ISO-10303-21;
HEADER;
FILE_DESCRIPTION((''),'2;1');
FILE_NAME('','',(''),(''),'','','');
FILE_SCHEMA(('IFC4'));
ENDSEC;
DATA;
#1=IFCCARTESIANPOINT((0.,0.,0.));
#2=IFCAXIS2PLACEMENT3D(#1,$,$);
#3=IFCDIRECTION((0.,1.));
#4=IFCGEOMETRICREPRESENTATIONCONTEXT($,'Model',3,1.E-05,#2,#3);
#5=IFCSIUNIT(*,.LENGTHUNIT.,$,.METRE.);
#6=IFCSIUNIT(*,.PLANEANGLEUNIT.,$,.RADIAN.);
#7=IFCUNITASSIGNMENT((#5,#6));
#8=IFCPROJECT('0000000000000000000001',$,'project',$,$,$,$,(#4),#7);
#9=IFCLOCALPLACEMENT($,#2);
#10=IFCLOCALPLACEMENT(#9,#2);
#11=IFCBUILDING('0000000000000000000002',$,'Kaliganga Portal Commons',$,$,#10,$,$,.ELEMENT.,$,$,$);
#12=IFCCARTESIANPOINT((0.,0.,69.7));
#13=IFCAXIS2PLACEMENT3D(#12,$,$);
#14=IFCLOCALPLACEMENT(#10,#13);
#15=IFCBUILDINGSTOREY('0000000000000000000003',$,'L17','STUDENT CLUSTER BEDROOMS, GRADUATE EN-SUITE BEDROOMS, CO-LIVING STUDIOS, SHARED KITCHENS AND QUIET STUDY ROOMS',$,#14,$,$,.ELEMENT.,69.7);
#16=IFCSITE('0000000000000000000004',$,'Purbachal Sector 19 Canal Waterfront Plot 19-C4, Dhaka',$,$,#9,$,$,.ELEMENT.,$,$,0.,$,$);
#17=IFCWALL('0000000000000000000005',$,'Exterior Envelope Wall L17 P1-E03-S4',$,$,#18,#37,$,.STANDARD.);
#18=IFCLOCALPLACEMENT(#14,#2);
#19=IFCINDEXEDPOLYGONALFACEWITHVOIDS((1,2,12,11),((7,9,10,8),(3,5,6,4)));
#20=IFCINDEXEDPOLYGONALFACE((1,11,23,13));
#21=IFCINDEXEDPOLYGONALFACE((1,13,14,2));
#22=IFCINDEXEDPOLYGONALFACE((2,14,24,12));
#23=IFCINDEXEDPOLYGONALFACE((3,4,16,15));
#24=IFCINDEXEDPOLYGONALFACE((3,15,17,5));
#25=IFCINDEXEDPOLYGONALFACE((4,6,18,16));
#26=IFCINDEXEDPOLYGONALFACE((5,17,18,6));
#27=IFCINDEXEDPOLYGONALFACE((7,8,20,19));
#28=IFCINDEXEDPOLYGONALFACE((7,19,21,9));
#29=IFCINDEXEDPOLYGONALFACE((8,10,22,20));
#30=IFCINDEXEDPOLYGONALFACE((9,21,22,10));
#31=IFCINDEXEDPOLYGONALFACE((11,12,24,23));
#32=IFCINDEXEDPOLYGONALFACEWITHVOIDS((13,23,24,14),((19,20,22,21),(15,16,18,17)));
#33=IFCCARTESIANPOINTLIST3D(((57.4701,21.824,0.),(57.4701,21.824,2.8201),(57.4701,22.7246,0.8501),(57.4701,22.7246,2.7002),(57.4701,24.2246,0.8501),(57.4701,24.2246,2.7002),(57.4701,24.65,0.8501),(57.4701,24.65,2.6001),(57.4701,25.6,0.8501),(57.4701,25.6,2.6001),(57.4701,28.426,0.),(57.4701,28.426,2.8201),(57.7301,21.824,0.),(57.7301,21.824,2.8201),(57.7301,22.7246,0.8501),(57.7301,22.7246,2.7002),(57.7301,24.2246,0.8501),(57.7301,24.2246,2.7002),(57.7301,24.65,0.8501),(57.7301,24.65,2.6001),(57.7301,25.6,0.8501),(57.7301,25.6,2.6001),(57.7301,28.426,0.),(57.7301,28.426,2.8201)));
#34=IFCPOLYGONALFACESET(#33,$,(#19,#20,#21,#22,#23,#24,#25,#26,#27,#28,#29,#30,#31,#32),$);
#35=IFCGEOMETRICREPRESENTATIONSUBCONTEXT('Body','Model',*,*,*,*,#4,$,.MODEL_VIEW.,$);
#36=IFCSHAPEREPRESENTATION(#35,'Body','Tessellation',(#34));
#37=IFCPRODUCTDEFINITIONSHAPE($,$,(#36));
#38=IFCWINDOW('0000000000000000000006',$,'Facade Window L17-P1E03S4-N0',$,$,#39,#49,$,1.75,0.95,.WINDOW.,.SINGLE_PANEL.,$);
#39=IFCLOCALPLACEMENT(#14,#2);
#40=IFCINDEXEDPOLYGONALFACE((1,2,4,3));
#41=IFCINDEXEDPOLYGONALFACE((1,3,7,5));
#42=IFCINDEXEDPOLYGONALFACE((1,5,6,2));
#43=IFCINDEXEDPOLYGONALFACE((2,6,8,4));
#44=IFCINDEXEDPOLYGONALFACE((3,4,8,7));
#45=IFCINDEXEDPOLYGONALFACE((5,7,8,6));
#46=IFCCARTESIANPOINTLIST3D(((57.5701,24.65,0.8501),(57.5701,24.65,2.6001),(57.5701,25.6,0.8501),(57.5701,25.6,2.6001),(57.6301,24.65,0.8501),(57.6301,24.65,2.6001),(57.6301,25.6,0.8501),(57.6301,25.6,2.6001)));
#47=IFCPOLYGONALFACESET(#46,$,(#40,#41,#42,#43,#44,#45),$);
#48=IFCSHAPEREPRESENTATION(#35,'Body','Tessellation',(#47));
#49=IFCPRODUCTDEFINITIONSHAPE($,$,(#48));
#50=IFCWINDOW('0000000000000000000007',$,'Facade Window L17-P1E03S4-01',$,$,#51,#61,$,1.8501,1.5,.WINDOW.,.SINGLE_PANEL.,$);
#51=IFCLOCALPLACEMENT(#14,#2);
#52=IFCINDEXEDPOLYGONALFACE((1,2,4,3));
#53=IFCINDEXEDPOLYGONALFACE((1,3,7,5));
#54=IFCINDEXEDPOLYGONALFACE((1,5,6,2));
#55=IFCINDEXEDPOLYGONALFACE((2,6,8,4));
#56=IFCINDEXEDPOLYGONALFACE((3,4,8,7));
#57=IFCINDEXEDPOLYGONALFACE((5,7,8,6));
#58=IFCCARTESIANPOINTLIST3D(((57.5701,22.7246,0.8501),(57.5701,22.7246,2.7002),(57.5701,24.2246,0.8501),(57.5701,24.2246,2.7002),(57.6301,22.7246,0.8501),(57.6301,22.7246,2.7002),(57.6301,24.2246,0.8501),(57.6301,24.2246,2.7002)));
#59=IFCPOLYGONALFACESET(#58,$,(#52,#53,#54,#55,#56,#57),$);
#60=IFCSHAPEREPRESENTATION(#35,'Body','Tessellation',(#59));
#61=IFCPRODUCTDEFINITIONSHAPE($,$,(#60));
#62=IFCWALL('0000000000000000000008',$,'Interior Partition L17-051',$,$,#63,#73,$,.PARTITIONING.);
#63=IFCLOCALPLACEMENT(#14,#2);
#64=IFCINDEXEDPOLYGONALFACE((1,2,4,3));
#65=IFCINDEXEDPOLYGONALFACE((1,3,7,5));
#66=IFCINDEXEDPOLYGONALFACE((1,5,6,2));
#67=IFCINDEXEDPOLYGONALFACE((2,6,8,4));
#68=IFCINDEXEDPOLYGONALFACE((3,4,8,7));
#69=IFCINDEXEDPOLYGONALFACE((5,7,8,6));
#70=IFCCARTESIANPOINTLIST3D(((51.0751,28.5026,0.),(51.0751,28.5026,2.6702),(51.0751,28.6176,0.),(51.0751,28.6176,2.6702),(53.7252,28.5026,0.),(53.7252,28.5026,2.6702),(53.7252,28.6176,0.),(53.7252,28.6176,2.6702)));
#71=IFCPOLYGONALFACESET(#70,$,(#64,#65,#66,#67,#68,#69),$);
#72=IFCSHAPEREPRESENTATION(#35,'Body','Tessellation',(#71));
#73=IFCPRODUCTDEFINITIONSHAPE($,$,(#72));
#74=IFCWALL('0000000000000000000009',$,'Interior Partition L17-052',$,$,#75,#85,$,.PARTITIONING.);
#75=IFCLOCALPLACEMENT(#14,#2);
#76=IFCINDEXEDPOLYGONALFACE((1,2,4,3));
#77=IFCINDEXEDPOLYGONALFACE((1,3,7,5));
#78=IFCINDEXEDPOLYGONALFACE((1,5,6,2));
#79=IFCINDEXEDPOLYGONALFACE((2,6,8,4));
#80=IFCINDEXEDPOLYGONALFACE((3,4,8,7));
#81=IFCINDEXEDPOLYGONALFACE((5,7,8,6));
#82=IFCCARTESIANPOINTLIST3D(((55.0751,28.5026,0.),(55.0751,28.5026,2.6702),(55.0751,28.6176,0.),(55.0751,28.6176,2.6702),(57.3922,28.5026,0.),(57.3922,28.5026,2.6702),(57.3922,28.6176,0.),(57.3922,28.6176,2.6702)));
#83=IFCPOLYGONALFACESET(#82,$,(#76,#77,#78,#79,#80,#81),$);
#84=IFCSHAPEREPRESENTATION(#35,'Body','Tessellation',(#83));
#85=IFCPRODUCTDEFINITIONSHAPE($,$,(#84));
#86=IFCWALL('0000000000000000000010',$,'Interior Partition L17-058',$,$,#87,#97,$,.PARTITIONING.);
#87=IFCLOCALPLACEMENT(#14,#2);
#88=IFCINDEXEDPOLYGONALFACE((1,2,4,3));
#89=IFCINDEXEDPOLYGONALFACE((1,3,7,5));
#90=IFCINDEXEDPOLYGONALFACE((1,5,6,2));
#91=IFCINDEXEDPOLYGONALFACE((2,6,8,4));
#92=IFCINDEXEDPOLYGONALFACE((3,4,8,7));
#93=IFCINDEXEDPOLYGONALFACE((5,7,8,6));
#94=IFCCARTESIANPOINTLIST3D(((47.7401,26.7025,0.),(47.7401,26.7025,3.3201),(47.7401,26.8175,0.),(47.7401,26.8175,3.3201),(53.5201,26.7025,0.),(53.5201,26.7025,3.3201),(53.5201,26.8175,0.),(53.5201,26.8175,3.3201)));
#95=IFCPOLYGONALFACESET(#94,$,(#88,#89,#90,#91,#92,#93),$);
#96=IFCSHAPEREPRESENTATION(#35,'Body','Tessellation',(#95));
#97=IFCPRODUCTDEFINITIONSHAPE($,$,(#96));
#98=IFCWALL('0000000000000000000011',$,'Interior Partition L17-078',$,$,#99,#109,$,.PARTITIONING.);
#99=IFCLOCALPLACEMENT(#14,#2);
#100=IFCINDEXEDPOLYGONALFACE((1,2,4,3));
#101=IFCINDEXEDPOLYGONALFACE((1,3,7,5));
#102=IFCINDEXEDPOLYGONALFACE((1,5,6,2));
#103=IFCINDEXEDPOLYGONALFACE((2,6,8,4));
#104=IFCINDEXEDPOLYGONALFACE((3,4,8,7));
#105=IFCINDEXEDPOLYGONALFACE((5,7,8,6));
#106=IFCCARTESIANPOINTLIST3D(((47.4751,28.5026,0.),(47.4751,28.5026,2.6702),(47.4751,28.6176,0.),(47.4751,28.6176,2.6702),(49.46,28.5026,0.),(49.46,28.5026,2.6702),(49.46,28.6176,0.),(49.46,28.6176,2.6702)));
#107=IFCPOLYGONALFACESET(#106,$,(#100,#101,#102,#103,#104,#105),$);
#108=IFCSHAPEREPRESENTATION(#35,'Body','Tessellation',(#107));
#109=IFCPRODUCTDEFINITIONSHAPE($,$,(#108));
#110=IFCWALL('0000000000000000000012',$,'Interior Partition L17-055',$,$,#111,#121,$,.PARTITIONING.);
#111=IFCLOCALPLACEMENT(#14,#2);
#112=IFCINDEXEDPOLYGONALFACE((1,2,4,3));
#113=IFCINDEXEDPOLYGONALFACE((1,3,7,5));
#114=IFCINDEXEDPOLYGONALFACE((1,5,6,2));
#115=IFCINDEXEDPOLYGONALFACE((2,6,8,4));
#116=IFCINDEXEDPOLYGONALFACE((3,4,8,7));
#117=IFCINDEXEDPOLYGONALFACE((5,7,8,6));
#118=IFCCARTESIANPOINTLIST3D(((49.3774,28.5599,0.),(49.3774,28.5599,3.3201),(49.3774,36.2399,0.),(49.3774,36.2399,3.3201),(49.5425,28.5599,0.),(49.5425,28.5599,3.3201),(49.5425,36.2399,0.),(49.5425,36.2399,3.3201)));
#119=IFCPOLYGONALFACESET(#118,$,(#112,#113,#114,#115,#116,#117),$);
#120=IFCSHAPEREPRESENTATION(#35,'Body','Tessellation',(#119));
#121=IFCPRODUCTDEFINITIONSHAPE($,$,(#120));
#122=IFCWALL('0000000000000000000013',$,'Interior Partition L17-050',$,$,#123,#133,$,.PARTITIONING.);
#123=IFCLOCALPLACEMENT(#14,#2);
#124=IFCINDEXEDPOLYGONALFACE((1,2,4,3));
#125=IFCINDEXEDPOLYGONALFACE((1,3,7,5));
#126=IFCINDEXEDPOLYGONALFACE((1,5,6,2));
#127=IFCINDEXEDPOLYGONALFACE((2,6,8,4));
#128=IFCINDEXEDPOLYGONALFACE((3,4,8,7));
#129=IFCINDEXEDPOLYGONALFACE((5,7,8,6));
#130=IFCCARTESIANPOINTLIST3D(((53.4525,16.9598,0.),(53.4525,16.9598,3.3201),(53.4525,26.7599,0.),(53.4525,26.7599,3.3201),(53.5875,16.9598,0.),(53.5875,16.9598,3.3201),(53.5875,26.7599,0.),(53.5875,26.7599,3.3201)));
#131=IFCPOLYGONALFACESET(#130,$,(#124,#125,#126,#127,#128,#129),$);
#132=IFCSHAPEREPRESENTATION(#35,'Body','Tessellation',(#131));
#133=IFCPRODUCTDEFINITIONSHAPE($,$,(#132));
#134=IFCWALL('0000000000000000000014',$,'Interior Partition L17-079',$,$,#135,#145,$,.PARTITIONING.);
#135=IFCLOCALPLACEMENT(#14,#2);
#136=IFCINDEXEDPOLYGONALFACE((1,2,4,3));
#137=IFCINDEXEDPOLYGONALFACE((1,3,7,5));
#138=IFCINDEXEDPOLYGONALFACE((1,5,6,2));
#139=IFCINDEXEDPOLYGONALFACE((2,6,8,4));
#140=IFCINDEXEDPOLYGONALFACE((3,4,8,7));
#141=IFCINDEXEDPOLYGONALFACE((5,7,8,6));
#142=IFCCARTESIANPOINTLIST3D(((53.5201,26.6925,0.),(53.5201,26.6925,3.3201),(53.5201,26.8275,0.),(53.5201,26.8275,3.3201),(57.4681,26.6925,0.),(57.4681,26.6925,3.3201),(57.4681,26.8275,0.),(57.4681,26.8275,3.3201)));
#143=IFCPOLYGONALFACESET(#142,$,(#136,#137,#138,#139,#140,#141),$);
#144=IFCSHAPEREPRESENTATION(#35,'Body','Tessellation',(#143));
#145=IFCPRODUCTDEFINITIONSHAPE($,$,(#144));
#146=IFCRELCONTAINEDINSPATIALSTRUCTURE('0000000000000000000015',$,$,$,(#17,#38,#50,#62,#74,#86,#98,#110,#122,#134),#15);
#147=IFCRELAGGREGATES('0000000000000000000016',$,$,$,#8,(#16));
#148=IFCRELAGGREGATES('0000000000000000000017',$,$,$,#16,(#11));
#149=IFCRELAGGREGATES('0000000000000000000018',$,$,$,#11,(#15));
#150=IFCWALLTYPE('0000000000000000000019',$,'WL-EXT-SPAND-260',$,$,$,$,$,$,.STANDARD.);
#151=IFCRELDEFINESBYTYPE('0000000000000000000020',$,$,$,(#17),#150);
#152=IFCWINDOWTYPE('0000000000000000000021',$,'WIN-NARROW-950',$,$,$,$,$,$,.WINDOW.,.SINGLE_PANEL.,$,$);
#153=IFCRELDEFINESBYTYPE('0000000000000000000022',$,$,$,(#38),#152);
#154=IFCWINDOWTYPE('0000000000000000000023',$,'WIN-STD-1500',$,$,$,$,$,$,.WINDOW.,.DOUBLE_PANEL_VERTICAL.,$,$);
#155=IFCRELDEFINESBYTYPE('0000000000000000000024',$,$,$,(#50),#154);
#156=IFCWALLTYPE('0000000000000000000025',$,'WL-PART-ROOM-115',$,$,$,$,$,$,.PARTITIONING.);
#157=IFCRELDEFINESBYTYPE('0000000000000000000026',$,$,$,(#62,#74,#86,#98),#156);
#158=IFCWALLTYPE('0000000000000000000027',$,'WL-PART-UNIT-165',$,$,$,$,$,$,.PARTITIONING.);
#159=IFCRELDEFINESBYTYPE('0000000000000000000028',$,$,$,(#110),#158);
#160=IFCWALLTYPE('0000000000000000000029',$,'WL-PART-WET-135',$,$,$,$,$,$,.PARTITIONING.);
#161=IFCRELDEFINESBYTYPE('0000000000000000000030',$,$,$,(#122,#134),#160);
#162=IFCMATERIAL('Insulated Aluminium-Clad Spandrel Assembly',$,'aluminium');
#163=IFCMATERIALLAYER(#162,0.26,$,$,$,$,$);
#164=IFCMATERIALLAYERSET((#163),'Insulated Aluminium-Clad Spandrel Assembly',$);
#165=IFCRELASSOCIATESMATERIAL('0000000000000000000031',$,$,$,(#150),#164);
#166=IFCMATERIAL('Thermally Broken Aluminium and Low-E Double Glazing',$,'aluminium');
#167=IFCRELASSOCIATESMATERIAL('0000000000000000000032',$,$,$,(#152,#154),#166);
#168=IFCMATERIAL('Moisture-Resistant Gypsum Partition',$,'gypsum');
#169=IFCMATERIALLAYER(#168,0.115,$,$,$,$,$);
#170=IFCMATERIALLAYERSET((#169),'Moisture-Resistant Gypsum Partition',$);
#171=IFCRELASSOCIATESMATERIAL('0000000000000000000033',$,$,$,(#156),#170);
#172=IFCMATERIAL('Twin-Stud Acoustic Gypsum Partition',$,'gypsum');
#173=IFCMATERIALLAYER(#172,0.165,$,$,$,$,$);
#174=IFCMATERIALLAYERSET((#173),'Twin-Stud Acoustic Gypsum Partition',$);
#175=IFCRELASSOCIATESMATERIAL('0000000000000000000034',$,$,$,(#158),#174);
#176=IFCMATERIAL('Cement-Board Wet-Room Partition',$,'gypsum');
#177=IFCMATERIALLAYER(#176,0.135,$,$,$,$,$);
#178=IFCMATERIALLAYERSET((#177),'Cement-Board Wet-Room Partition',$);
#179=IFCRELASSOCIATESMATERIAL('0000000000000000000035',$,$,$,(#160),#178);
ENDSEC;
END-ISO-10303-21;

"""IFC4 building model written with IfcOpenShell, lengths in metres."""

from ifc_helpers import new_model, si_unit, direction, frame, frame_2d, origin, place, context, subcontext, project, spatial, rectangle, extrude, material, layer, layer_set, type_object, element, fill, save


model = new_model("IFC4")

# Units and contexts
model_context = context("Model", 3, precision=1e-05, world=origin(), true_north=direction((0.0, 1.0)))
body_context = subcontext(model_context, "Body", "Model", "MODEL_VIEW")
ifc_project = project(units=[si_unit("LENGTHUNIT", "METRE"), si_unit("PLANEANGLEUNIT", "RADIAN")], contexts=[model_context])

# Site, building, storey
site_placement = place(None, origin())
site = spatial("IfcSite", under=ifc_project, at=site_placement, Name="Purbachal Sector 19 Canal Waterfront Plot 19-C4, Dhaka", CompositionType="ELEMENT", RefElevation=0.0)
building_placement = place(site_placement, origin())
building = spatial("IfcBuilding", under=site, at=building_placement, Name="Kaliganga Portal Commons", CompositionType="ELEMENT")
storey_placement = place(building_placement, frame((0.0, 0.0, 69.7)))
storey = spatial("IfcBuildingStorey", under=building, at=storey_placement, Name="L17", Description="STUDENT CLUSTER BEDROOMS, GRADUATE EN-SUITE BEDROOMS, CO-LIVING STUDIOS, SHARED KITCHENS AND QUIET STUDY ROOMS", CompositionType="ELEMENT", Elevation=69.7)

# Wall, openings, windows
ifc_material_1 = material(Name="Insulated Aluminium-Clad Spandrel Assembly", Category="aluminium")
ifc_layer_1 = layer(ifc_material_1, 0.26)
ifc_layer_set_1 = layer_set([ifc_layer_1], Name="Insulated Aluminium-Clad Spandrel Assembly")
wall_type_1 = type_object("IfcWallType", Name="WL-EXT-SPAND-260", PredefinedType="STANDARD", material=ifc_layer_set_1)
ifc_material_2 = material(Name="Thermally Broken Aluminium and Low-E Double Glazing", Category="aluminium")
window_type_1 = type_object("IfcWindowType", Name="WIN-NARROW-950", PartitioningType="SINGLE_PANEL", PredefinedType="WINDOW", material=ifc_material_2)
window_type_2 = type_object("IfcWindowType", Name="WIN-STD-1500", PartitioningType="DOUBLE_PANEL_VERTICAL", PredefinedType="WINDOW", material=ifc_material_2)
wall_1_placement = place(storey_placement, frame((57.6001, 28.426, 0.0), z_axis=(0.0, 0.0, 1.0), x_axis=(0.0, -1.0, 0.0)))
wall_1 = element("IfcWall", 1, at=wall_1_placement, inside=storey, type_object=wall_type_1, Name="Exterior Envelope Wall L17 P1-E03-S4", PredefinedType="STANDARD", context=body_context, shape_type="SweptSolid", body=[
    extrude(rectangle(XDim=6.6021, YDim=0.26, at=frame_2d((3.301, 0.0))), origin(), (0.0, 0.0, 1.0), 2.8201),
])
opening_1_placement = place(wall_1_placement, frame((4.2014, 0.0, 0.8501)))
opening_1 = element("IfcOpeningElement", 2, at=opening_1_placement, cuts=wall_1, PredefinedType="OPENING", context=body_context, shape_type="SweptSolid", body=[
    extrude(rectangle(XDim=1.5, YDim=1.8501, at=frame_2d((0.75, 0.925))), frame((0.0, 0.1401, 0.0), z_axis=(0.0, -1.0, 0.0), x_axis=(1.0, 0.0, 0.0)), (0.0, 0.0, 1.0), 0.28),
])
opening_2_placement = place(wall_1_placement, frame((2.8259, 0.0, 0.8501)))
opening_2 = element("IfcOpeningElement", 3, at=opening_2_placement, cuts=wall_1, PredefinedType="OPENING", context=body_context, shape_type="SweptSolid", body=[
    extrude(rectangle(XDim=0.95, YDim=1.75, at=frame_2d((0.4751, 0.875))), frame((0.0, 0.1401, 0.0), z_axis=(0.0, -1.0, 0.0), x_axis=(1.0, 0.0, 0.0)), (0.0, 0.0, 1.0), 0.28),
])
window_1_placement = place(opening_2_placement, origin())
window_1 = element("IfcWindow", 4, at=window_1_placement, inside=storey, type_object=window_type_1, Name="Facade Window L17-P1E03S4-N0", OverallHeight=1.75, OverallWidth=0.95, PartitioningType="SINGLE_PANEL", PredefinedType="WINDOW", context=body_context, shape_type="SweptSolid", body=[
    extrude(rectangle(XDim=0.95, YDim=1.75, at=frame_2d((0.4751, 0.875))), frame((0.0, 0.03, 0.0), z_axis=(0.0, -1.0, 0.0), x_axis=(1.0, 0.0, 0.0)), (0.0, 0.0, 1.0), 0.0601),
])
fill(opening_2, window_1)
window_2_placement = place(opening_1_placement, origin())
window_2 = element("IfcWindow", 5, at=window_2_placement, inside=storey, type_object=window_type_2, Name="Facade Window L17-P1E03S4-01", OverallHeight=1.8501, OverallWidth=1.5, PartitioningType="SINGLE_PANEL", PredefinedType="WINDOW", context=body_context, shape_type="SweptSolid", body=[
    extrude(rectangle(XDim=1.5, YDim=1.8501, at=frame_2d((0.75, 0.925))), frame((0.0, 0.03, 0.0), z_axis=(0.0, -1.0, 0.0), x_axis=(1.0, 0.0, 0.0)), (0.0, 0.0, 1.0), 0.0601),
])
fill(opening_1, window_2)

# Walls
ifc_material_3 = material(Name="Moisture-Resistant Gypsum Partition", Category="gypsum")
ifc_layer_2 = layer(ifc_material_3, 0.115)
ifc_layer_set_2 = layer_set([ifc_layer_2], Name="Moisture-Resistant Gypsum Partition")
wall_type_2 = type_object("IfcWallType", Name="WL-PART-ROOM-115", PredefinedType="PARTITIONING", material=ifc_layer_set_2)
wall_2_placement = place(storey_placement, frame((51.075, 28.5601, 0.0), z_axis=(0.0, 0.0, 1.0), x_axis=(1.0, 0.0, 0.0)))
element("IfcWall", 6, at=wall_2_placement, inside=storey, type_object=wall_type_2, Name="Interior Partition L17-051", PredefinedType="PARTITIONING", context=body_context, shape_type="SweptSolid", body=[
    extrude(rectangle(XDim=2.6501, YDim=0.115, at=frame_2d((1.3252, 0.0))), origin(), (0.0, 0.0, 1.0), 2.6702),
])
wall_3_placement = place(storey_placement, frame((55.075, 28.5601, 0.0), z_axis=(0.0, 0.0, 1.0), x_axis=(1.0, 0.0, 0.0)))
element("IfcWall", 7, at=wall_3_placement, inside=storey, type_object=wall_type_2, Name="Interior Partition L17-052", PredefinedType="PARTITIONING", context=body_context, shape_type="SweptSolid", body=[
    extrude(rectangle(XDim=2.3171, YDim=0.115, at=frame_2d((1.1587, 0.0))), origin(), (0.0, 0.0, 1.0), 2.6702),
])
wall_4_placement = place(storey_placement, frame((47.74, 26.76, 0.0), z_axis=(0.0, 0.0, 1.0), x_axis=(1.0, 0.0, 0.0)))
element("IfcWall", 8, at=wall_4_placement, inside=storey, type_object=wall_type_2, Name="Interior Partition L17-058", PredefinedType="PARTITIONING", context=body_context, shape_type="SweptSolid", body=[
    extrude(rectangle(XDim=5.78, YDim=0.115, at=frame_2d((2.8901, 0.0))), origin(), (0.0, 0.0, 1.0), 3.3201),
])
wall_5_placement = place(storey_placement, frame((47.4751, 28.5601, 0.0), z_axis=(0.0, 0.0, 1.0), x_axis=(1.0, 0.0, 0.0)))
element("IfcWall", 9, at=wall_5_placement, inside=storey, type_object=wall_type_2, Name="Interior Partition L17-078", PredefinedType="PARTITIONING", context=body_context, shape_type="SweptSolid", body=[
    extrude(rectangle(XDim=1.9849, YDim=0.115, at=frame_2d((0.9924, 0.0))), origin(), (0.0, 0.0, 1.0), 2.6702),
])
ifc_material_4 = material(Name="Twin-Stud Acoustic Gypsum Partition", Category="gypsum")
ifc_layer_3 = layer(ifc_material_4, 0.165)
ifc_layer_set_3 = layer_set([ifc_layer_3], Name="Twin-Stud Acoustic Gypsum Partition")
wall_type_3 = type_object("IfcWallType", Name="WL-PART-UNIT-165", PredefinedType="PARTITIONING", material=ifc_layer_set_3)
wall_6_placement = place(storey_placement, frame((49.46, 28.5601, 0.0), z_axis=(0.0, 0.0, 1.0), x_axis=(0.0, 1.0, 0.0)))
element("IfcWall", 10, at=wall_6_placement, inside=storey, type_object=wall_type_3, Name="Interior Partition L17-055", PredefinedType="PARTITIONING", context=body_context, shape_type="SweptSolid", body=[
    extrude(rectangle(XDim=7.6799, YDim=0.165, at=frame_2d((3.8398, 0.0))), origin(), (0.0, 0.0, 1.0), 3.3201),
])
ifc_material_5 = material(Name="Cement-Board Wet-Room Partition", Category="gypsum")
ifc_layer_4 = layer(ifc_material_5, 0.135)
ifc_layer_set_4 = layer_set([ifc_layer_4], Name="Cement-Board Wet-Room Partition")
wall_type_4 = type_object("IfcWallType", Name="WL-PART-WET-135", PredefinedType="PARTITIONING", material=ifc_layer_set_4)
wall_7_placement = place(storey_placement, frame((53.52, 16.96, 0.0), z_axis=(0.0, 0.0, 1.0), x_axis=(0.0, 1.0, 0.0)))
element("IfcWall", 11, at=wall_7_placement, inside=storey, type_object=wall_type_4, Name="Interior Partition L17-050", PredefinedType="PARTITIONING", context=body_context, shape_type="SweptSolid", body=[
    extrude(rectangle(XDim=9.8, YDim=0.135, at=frame_2d((4.8999, 0.0))), origin(), (0.0, 0.0, 1.0), 3.3201),
])
wall_8_placement = place(storey_placement, frame((53.52, 26.76, 0.0), z_axis=(0.0, 0.0, 1.0), x_axis=(1.0, 0.0, 0.0)))
element("IfcWall", 12, at=wall_8_placement, inside=storey, type_object=wall_type_4, Name="Interior Partition L17-079", PredefinedType="PARTITIONING", context=body_context, shape_type="SweptSolid", body=[
    extrude(rectangle(XDim=3.948, YDim=0.135, at=frame_2d((1.9741, 0.0))), origin(), (0.0, 0.0, 1.0), 3.3201),
])

save(model, "model.ifc")
